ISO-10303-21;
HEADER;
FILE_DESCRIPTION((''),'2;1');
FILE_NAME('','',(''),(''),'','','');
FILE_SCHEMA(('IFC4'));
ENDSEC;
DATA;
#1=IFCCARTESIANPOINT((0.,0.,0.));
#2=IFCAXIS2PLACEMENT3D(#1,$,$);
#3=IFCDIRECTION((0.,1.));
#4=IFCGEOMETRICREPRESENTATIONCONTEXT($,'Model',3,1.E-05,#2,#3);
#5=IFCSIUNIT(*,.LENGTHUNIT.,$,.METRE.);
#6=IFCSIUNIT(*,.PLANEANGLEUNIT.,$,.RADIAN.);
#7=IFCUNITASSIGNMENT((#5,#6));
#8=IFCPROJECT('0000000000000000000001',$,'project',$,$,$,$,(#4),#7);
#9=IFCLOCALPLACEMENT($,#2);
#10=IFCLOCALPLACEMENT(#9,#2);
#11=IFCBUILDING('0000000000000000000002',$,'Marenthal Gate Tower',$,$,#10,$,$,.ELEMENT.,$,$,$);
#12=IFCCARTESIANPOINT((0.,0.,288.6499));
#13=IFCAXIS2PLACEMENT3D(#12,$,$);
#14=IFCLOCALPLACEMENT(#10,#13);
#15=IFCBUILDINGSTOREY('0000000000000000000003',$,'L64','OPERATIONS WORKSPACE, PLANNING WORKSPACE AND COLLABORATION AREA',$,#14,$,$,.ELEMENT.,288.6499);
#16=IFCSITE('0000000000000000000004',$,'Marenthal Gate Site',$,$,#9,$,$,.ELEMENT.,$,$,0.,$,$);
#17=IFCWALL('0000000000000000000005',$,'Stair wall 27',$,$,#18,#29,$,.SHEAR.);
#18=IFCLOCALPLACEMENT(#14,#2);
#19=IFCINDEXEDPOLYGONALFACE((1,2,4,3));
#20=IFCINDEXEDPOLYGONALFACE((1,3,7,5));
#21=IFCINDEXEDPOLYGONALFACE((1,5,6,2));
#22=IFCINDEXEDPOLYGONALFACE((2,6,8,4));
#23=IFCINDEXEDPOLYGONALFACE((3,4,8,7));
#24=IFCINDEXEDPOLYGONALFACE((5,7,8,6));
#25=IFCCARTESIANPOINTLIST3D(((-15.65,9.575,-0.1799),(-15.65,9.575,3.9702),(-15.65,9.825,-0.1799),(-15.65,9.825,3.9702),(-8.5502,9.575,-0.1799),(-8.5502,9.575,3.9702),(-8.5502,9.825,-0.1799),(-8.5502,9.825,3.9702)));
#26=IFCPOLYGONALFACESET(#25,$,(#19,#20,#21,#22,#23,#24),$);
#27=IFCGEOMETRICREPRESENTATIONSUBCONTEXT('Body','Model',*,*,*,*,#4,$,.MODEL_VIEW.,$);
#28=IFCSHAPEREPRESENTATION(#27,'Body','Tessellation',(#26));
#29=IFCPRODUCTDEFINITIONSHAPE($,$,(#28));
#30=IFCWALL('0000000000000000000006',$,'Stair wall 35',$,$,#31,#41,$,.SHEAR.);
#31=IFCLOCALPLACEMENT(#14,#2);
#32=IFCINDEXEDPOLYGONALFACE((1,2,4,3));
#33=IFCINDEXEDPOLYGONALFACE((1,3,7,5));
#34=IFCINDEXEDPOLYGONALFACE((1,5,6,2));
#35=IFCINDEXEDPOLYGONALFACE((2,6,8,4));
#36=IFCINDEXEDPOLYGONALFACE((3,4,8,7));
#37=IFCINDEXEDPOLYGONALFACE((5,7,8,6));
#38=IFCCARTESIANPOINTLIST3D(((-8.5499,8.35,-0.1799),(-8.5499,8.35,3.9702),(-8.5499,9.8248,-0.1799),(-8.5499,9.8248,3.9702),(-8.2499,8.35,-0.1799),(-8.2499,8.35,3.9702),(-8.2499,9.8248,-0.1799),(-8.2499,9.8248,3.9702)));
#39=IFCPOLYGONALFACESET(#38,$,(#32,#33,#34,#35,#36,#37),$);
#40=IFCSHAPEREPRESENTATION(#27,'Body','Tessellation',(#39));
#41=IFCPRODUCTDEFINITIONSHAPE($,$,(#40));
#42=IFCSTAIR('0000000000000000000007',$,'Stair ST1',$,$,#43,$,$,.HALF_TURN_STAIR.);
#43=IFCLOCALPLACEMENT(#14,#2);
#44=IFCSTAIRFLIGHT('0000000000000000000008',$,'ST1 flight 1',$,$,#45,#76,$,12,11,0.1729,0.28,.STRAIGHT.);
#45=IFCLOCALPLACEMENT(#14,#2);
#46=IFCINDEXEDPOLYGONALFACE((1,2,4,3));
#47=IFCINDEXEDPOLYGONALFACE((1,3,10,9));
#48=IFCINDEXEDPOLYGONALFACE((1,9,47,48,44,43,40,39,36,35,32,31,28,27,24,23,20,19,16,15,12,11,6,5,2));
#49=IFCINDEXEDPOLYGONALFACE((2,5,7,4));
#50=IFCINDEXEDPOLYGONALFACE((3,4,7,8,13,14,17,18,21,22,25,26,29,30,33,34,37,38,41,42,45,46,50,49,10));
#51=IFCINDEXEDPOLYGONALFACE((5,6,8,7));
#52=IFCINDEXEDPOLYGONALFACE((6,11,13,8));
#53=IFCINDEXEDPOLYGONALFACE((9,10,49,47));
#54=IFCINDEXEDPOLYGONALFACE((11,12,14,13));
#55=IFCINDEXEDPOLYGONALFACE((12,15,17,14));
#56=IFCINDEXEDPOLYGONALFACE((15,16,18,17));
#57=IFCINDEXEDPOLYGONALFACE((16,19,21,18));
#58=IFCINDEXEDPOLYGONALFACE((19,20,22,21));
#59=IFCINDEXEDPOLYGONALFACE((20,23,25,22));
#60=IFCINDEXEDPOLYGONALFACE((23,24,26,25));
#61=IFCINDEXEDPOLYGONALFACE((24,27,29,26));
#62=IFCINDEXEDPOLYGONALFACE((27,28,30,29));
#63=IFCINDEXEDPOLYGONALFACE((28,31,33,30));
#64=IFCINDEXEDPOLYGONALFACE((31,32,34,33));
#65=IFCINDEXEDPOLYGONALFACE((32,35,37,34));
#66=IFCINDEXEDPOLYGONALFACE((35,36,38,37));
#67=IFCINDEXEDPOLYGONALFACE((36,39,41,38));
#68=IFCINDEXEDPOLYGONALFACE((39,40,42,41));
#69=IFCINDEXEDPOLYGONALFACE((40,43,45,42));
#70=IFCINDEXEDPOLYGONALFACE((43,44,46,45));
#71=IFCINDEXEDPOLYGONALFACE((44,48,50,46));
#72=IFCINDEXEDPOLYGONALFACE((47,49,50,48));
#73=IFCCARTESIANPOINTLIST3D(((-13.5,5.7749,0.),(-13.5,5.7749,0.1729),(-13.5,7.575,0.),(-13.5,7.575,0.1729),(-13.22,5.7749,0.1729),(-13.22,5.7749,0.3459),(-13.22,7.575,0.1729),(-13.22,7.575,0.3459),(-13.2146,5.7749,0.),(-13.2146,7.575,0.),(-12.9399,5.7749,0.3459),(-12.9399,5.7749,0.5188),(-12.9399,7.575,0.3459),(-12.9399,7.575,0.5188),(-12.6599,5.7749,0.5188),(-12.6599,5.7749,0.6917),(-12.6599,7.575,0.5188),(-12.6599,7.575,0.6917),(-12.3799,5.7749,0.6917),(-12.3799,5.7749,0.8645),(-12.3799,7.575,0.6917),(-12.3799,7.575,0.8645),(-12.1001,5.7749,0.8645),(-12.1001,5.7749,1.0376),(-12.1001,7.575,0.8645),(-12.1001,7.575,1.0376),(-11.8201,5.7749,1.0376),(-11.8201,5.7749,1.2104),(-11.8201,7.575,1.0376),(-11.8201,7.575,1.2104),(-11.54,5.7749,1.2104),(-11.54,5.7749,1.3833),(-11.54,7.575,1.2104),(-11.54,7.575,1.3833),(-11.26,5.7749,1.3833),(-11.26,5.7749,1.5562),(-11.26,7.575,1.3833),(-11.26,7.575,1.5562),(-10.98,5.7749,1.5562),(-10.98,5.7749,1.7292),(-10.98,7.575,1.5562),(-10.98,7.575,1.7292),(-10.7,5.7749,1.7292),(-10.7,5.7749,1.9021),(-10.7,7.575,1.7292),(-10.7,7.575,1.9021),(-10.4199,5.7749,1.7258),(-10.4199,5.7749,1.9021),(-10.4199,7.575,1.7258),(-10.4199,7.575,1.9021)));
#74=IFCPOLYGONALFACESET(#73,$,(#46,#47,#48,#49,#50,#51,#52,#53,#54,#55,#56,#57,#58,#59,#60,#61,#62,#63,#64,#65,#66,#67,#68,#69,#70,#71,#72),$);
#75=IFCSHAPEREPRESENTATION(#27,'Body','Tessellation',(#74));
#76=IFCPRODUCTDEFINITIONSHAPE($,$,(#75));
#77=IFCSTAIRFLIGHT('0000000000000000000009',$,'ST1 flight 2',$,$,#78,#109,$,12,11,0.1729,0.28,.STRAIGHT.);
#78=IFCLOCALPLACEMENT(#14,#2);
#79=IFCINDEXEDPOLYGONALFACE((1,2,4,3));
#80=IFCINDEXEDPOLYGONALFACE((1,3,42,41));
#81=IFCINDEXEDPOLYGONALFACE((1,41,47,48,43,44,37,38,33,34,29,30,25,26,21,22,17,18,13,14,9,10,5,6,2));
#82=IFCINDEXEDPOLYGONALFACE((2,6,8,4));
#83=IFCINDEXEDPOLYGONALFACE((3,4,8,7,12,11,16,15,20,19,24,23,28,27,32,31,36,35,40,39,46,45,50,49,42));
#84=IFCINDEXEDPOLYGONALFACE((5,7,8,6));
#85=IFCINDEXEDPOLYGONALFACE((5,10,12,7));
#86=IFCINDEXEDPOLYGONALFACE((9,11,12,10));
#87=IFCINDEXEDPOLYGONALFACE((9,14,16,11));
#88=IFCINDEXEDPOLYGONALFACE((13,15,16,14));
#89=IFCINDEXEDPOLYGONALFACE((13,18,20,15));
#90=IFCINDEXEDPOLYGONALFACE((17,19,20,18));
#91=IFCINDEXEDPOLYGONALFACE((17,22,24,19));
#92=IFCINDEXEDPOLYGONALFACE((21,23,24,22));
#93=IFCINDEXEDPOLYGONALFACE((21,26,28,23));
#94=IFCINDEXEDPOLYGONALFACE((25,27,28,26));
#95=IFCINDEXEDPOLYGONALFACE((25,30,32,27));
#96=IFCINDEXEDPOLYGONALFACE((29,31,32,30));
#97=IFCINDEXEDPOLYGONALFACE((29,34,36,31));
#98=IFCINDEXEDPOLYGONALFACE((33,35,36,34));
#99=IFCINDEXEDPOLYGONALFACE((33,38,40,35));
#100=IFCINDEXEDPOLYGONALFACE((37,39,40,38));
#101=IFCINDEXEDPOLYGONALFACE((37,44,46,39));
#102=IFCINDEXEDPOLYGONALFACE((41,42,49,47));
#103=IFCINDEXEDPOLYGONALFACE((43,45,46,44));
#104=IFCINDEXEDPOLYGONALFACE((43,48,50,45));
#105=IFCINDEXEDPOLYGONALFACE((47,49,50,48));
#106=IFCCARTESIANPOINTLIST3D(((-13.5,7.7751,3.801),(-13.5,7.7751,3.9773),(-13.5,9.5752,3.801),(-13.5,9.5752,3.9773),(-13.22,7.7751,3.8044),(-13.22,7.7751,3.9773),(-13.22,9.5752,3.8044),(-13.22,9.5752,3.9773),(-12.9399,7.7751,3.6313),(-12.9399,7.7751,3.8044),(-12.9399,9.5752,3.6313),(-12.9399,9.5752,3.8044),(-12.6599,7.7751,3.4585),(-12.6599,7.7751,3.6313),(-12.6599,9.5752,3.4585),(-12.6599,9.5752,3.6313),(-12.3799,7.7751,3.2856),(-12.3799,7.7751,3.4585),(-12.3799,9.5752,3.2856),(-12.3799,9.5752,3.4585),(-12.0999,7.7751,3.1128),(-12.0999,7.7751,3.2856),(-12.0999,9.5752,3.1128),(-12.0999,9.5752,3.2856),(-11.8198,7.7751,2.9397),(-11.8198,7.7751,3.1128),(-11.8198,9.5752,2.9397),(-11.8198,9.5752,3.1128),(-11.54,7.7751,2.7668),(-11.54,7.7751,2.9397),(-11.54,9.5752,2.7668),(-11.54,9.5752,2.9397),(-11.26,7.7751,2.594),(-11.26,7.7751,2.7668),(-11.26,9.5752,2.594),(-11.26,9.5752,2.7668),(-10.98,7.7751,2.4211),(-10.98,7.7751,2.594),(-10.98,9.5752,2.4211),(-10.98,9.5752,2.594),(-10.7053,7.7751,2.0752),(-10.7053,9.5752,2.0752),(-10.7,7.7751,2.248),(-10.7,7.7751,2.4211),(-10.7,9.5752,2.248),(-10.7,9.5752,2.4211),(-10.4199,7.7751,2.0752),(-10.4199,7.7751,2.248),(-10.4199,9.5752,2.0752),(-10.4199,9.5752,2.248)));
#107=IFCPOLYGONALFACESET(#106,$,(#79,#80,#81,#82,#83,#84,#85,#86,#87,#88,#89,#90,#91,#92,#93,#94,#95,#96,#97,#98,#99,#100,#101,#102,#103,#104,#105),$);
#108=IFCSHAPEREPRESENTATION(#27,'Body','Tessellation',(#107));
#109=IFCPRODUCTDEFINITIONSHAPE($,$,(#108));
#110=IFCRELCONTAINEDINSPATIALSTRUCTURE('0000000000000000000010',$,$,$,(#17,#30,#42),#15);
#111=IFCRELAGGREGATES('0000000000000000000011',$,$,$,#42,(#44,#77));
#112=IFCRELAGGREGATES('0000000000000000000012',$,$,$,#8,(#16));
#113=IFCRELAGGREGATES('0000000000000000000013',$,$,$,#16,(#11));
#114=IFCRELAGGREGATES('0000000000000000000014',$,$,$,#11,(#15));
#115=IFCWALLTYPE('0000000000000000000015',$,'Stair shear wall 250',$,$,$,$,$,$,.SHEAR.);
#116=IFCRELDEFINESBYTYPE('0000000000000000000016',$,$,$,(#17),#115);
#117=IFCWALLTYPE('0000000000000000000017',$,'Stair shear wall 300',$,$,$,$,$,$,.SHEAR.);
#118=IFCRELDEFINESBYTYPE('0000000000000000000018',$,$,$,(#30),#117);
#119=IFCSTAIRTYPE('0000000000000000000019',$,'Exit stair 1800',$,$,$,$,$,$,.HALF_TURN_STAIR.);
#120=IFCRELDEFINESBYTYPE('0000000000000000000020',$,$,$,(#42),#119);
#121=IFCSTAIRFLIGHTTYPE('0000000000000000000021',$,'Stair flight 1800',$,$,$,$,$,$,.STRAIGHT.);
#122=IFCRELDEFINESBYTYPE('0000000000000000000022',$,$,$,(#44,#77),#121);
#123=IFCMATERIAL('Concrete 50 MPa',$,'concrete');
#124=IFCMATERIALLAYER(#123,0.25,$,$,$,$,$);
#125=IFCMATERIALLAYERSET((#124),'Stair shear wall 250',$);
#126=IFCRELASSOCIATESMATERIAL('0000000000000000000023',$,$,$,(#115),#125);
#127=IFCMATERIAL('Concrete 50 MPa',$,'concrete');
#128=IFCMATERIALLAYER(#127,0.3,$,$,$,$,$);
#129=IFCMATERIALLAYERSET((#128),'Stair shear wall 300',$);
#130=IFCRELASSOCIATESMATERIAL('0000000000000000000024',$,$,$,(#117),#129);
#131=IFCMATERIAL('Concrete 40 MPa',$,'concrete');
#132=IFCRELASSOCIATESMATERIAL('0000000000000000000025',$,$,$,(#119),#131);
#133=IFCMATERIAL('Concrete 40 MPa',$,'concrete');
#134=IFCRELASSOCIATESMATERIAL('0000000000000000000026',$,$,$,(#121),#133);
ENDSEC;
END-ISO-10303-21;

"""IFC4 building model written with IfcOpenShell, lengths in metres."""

from ifc_helpers import new_model, si_unit, direction, frame, frame_2d, origin, place, context, subcontext, project, spatial, polyline, rectangle, outline, extrude, material, layer, layer_set, type_object, element, aggregate, save


model = new_model("IFC4")

# Units and contexts
model_context = context("Model", 3, precision=1e-05, world=origin(), true_north=direction((0.0, 1.0)))
body_context = subcontext(model_context, "Body", "Model", "MODEL_VIEW")
ifc_project = project(units=[si_unit("LENGTHUNIT", "METRE"), si_unit("PLANEANGLEUNIT", "RADIAN")], contexts=[model_context])

# Site, building, storey
site_placement = place(None, origin())
site = spatial("IfcSite", under=ifc_project, at=site_placement, Name="Marenthal Gate Site", CompositionType="ELEMENT", RefElevation=0.0)
building_placement = place(site_placement, origin())
building = spatial("IfcBuilding", under=site, at=building_placement, Name="Marenthal Gate Tower", CompositionType="ELEMENT")
storey_placement = place(building_placement, frame((0.0, 0.0, 288.6499)))
storey = spatial("IfcBuildingStorey", under=building, at=storey_placement, Name="L64", Description="OPERATIONS WORKSPACE, PLANNING WORKSPACE AND COLLABORATION AREA", CompositionType="ELEMENT", Elevation=288.6499)

# Shared definitions
ifc_material_1 = material(Name="Concrete 50 MPa", Category="concrete")
ifc_layer_1 = layer(ifc_material_1, 0.25)
ifc_layer_set_1 = layer_set([ifc_layer_1], Name="Stair shear wall 250")
wall_type_1 = type_object("IfcWallType", Name="Stair shear wall 250", PredefinedType="SHEAR", material=ifc_layer_set_1)

# Walls
wall_1_placement = place(storey_placement, frame((-15.6499, 9.7, -0.1799), z_axis=(0.0, 0.0, 1.0), x_axis=(1.0, 0.0, 0.0)))
element("IfcWall", 1, at=wall_1_placement, inside=storey, type_object=wall_type_1, Name="Stair wall 27", PredefinedType="SHEAR", context=body_context, shape_type="SweptSolid", body=[
    extrude(rectangle(XDim=7.0999, YDim=0.25, at=frame_2d((3.5498, 0.0))), origin(), (0.0, 0.0, 1.0), 4.1501),
])
ifc_material_2 = material(Name="Concrete 50 MPa", Category="concrete")
ifc_layer_2 = layer(ifc_material_2, 0.3)
ifc_layer_set_2 = layer_set([ifc_layer_2], Name="Stair shear wall 300")
wall_type_2 = type_object("IfcWallType", Name="Stair shear wall 300", PredefinedType="SHEAR", material=ifc_layer_set_2)
wall_2_placement = place(storey_placement, frame((-8.3999, 8.3501, -0.1799), z_axis=(0.0, 0.0, 1.0), x_axis=(0.0, 1.0, 0.0)))
element("IfcWall", 2, at=wall_2_placement, inside=storey, type_object=wall_type_2, Name="Stair wall 35", PredefinedType="SHEAR", context=body_context, shape_type="SweptSolid", body=[
    extrude(rectangle(XDim=1.4749, YDim=0.3, at=frame_2d((0.7373, 0.0))), origin(), (0.0, 0.0, 1.0), 4.1501),
])

# Stair, stair flights
ifc_material_3 = material(Name="Concrete 40 MPa", Category="concrete")
stair_type = type_object("IfcStairType", Name="Exit stair 1800", PredefinedType="HALF_TURN_STAIR", material=ifc_material_3)
stair_placement = place(storey_placement, origin())
stair = element("IfcStair", 3, at=stair_placement, inside=storey, type_object=stair_type, Name="Stair ST1", PredefinedType="HALF_TURN_STAIR")
ifc_material_4 = material(Name="Concrete 40 MPa", Category="concrete")
stair_flight_type = type_object("IfcStairFlightType", Name="Stair flight 1800", PredefinedType="STRAIGHT", material=ifc_material_4)
stair_flight_1_placement = place(storey_placement, frame((-13.5, 6.675, 0.0), z_axis=(0.0, 0.0, 1.0), x_axis=(1.0, 0.0, 0.0)))
stair_flight_1 = element("IfcStairFlight", 4, at=stair_flight_1_placement, type_object=stair_flight_type, Name="ST1 flight 1", NumberOfRisers=12, NumberOfTreads=11, PredefinedType="STRAIGHT", RiserHeight=0.1729, TreadLength=0.28, context=body_context, shape_type="SweptSolid", body=[
    extrude(outline(polyline([(0.0, 0.0), (0.0, 0.1729), (0.28, 0.1729), (0.28, 0.3459), (0.5601, 0.3459), (0.5601, 0.5188), (0.8401, 0.5188), (0.8401, 0.6917), (1.1201, 0.6917), (1.1201, 0.8645), (1.3999, 0.8645), (1.3999, 1.0376), (1.6799, 1.0376), (1.6799, 1.2104), (1.96, 1.2104), (1.96, 1.3833), (2.24, 1.3833), (2.24, 1.5562), (2.52, 1.5562), (2.52, 1.7292), (2.8, 1.7292), (2.8, 1.9021), (3.0801, 1.9021), (3.0801, 2.075), (3.0801, 1.7258), (0.2854, 0.0), (0.0, 0.0)])), frame((0.0, 0.8999, 0.0), z_axis=(0.0, -1.0, 0.0), x_axis=(1.0, 0.0, 0.0)), (0.0, 0.0, 1.0), 1.8),
])
stair_flight_2_placement = place(storey_placement, frame((-10.4199, 8.675, 2.0752), z_axis=(0.0, 0.0, 1.0), x_axis=(-1.0, 0.0, 0.0)))
stair_flight_2 = element("IfcStairFlight", 5, at=stair_flight_2_placement, type_object=stair_flight_type, Name="ST1 flight 2", NumberOfRisers=12, NumberOfTreads=11, PredefinedType="STRAIGHT", RiserHeight=0.1729, TreadLength=0.28, context=body_context, shape_type="SweptSolid", body=[
    extrude(outline(polyline([(0.0, 0.0), (0.0, 0.1729), (0.28, 0.1729), (0.28, 0.3459), (0.5601, 0.3459), (0.5601, 0.5188), (0.8401, 0.5188), (0.8401, 0.6917), (1.1201, 0.6917), (1.1201, 0.8645), (1.3999, 0.8645), (1.3999, 1.0376), (1.6799, 1.0376), (1.6799, 1.2104), (1.96, 1.2104), (1.96, 1.3833), (2.24, 1.3833), (2.24, 1.5562), (2.52, 1.5562), (2.52, 1.7292), (2.8, 1.7292), (2.8, 1.9021), (3.0801, 1.9021), (3.0801, 2.075), (3.0801, 1.7258), (0.2854, 0.0), (0.0, 0.0)])), frame((0.0, 0.8999, 0.0), z_axis=(0.0, -1.0, 0.0), x_axis=(1.0, 0.0, 0.0)), (0.0, 0.0, 1.0), 1.8),
])
aggregate(stair, [stair_flight_1, stair_flight_2])

save(model, "model.ifc")
